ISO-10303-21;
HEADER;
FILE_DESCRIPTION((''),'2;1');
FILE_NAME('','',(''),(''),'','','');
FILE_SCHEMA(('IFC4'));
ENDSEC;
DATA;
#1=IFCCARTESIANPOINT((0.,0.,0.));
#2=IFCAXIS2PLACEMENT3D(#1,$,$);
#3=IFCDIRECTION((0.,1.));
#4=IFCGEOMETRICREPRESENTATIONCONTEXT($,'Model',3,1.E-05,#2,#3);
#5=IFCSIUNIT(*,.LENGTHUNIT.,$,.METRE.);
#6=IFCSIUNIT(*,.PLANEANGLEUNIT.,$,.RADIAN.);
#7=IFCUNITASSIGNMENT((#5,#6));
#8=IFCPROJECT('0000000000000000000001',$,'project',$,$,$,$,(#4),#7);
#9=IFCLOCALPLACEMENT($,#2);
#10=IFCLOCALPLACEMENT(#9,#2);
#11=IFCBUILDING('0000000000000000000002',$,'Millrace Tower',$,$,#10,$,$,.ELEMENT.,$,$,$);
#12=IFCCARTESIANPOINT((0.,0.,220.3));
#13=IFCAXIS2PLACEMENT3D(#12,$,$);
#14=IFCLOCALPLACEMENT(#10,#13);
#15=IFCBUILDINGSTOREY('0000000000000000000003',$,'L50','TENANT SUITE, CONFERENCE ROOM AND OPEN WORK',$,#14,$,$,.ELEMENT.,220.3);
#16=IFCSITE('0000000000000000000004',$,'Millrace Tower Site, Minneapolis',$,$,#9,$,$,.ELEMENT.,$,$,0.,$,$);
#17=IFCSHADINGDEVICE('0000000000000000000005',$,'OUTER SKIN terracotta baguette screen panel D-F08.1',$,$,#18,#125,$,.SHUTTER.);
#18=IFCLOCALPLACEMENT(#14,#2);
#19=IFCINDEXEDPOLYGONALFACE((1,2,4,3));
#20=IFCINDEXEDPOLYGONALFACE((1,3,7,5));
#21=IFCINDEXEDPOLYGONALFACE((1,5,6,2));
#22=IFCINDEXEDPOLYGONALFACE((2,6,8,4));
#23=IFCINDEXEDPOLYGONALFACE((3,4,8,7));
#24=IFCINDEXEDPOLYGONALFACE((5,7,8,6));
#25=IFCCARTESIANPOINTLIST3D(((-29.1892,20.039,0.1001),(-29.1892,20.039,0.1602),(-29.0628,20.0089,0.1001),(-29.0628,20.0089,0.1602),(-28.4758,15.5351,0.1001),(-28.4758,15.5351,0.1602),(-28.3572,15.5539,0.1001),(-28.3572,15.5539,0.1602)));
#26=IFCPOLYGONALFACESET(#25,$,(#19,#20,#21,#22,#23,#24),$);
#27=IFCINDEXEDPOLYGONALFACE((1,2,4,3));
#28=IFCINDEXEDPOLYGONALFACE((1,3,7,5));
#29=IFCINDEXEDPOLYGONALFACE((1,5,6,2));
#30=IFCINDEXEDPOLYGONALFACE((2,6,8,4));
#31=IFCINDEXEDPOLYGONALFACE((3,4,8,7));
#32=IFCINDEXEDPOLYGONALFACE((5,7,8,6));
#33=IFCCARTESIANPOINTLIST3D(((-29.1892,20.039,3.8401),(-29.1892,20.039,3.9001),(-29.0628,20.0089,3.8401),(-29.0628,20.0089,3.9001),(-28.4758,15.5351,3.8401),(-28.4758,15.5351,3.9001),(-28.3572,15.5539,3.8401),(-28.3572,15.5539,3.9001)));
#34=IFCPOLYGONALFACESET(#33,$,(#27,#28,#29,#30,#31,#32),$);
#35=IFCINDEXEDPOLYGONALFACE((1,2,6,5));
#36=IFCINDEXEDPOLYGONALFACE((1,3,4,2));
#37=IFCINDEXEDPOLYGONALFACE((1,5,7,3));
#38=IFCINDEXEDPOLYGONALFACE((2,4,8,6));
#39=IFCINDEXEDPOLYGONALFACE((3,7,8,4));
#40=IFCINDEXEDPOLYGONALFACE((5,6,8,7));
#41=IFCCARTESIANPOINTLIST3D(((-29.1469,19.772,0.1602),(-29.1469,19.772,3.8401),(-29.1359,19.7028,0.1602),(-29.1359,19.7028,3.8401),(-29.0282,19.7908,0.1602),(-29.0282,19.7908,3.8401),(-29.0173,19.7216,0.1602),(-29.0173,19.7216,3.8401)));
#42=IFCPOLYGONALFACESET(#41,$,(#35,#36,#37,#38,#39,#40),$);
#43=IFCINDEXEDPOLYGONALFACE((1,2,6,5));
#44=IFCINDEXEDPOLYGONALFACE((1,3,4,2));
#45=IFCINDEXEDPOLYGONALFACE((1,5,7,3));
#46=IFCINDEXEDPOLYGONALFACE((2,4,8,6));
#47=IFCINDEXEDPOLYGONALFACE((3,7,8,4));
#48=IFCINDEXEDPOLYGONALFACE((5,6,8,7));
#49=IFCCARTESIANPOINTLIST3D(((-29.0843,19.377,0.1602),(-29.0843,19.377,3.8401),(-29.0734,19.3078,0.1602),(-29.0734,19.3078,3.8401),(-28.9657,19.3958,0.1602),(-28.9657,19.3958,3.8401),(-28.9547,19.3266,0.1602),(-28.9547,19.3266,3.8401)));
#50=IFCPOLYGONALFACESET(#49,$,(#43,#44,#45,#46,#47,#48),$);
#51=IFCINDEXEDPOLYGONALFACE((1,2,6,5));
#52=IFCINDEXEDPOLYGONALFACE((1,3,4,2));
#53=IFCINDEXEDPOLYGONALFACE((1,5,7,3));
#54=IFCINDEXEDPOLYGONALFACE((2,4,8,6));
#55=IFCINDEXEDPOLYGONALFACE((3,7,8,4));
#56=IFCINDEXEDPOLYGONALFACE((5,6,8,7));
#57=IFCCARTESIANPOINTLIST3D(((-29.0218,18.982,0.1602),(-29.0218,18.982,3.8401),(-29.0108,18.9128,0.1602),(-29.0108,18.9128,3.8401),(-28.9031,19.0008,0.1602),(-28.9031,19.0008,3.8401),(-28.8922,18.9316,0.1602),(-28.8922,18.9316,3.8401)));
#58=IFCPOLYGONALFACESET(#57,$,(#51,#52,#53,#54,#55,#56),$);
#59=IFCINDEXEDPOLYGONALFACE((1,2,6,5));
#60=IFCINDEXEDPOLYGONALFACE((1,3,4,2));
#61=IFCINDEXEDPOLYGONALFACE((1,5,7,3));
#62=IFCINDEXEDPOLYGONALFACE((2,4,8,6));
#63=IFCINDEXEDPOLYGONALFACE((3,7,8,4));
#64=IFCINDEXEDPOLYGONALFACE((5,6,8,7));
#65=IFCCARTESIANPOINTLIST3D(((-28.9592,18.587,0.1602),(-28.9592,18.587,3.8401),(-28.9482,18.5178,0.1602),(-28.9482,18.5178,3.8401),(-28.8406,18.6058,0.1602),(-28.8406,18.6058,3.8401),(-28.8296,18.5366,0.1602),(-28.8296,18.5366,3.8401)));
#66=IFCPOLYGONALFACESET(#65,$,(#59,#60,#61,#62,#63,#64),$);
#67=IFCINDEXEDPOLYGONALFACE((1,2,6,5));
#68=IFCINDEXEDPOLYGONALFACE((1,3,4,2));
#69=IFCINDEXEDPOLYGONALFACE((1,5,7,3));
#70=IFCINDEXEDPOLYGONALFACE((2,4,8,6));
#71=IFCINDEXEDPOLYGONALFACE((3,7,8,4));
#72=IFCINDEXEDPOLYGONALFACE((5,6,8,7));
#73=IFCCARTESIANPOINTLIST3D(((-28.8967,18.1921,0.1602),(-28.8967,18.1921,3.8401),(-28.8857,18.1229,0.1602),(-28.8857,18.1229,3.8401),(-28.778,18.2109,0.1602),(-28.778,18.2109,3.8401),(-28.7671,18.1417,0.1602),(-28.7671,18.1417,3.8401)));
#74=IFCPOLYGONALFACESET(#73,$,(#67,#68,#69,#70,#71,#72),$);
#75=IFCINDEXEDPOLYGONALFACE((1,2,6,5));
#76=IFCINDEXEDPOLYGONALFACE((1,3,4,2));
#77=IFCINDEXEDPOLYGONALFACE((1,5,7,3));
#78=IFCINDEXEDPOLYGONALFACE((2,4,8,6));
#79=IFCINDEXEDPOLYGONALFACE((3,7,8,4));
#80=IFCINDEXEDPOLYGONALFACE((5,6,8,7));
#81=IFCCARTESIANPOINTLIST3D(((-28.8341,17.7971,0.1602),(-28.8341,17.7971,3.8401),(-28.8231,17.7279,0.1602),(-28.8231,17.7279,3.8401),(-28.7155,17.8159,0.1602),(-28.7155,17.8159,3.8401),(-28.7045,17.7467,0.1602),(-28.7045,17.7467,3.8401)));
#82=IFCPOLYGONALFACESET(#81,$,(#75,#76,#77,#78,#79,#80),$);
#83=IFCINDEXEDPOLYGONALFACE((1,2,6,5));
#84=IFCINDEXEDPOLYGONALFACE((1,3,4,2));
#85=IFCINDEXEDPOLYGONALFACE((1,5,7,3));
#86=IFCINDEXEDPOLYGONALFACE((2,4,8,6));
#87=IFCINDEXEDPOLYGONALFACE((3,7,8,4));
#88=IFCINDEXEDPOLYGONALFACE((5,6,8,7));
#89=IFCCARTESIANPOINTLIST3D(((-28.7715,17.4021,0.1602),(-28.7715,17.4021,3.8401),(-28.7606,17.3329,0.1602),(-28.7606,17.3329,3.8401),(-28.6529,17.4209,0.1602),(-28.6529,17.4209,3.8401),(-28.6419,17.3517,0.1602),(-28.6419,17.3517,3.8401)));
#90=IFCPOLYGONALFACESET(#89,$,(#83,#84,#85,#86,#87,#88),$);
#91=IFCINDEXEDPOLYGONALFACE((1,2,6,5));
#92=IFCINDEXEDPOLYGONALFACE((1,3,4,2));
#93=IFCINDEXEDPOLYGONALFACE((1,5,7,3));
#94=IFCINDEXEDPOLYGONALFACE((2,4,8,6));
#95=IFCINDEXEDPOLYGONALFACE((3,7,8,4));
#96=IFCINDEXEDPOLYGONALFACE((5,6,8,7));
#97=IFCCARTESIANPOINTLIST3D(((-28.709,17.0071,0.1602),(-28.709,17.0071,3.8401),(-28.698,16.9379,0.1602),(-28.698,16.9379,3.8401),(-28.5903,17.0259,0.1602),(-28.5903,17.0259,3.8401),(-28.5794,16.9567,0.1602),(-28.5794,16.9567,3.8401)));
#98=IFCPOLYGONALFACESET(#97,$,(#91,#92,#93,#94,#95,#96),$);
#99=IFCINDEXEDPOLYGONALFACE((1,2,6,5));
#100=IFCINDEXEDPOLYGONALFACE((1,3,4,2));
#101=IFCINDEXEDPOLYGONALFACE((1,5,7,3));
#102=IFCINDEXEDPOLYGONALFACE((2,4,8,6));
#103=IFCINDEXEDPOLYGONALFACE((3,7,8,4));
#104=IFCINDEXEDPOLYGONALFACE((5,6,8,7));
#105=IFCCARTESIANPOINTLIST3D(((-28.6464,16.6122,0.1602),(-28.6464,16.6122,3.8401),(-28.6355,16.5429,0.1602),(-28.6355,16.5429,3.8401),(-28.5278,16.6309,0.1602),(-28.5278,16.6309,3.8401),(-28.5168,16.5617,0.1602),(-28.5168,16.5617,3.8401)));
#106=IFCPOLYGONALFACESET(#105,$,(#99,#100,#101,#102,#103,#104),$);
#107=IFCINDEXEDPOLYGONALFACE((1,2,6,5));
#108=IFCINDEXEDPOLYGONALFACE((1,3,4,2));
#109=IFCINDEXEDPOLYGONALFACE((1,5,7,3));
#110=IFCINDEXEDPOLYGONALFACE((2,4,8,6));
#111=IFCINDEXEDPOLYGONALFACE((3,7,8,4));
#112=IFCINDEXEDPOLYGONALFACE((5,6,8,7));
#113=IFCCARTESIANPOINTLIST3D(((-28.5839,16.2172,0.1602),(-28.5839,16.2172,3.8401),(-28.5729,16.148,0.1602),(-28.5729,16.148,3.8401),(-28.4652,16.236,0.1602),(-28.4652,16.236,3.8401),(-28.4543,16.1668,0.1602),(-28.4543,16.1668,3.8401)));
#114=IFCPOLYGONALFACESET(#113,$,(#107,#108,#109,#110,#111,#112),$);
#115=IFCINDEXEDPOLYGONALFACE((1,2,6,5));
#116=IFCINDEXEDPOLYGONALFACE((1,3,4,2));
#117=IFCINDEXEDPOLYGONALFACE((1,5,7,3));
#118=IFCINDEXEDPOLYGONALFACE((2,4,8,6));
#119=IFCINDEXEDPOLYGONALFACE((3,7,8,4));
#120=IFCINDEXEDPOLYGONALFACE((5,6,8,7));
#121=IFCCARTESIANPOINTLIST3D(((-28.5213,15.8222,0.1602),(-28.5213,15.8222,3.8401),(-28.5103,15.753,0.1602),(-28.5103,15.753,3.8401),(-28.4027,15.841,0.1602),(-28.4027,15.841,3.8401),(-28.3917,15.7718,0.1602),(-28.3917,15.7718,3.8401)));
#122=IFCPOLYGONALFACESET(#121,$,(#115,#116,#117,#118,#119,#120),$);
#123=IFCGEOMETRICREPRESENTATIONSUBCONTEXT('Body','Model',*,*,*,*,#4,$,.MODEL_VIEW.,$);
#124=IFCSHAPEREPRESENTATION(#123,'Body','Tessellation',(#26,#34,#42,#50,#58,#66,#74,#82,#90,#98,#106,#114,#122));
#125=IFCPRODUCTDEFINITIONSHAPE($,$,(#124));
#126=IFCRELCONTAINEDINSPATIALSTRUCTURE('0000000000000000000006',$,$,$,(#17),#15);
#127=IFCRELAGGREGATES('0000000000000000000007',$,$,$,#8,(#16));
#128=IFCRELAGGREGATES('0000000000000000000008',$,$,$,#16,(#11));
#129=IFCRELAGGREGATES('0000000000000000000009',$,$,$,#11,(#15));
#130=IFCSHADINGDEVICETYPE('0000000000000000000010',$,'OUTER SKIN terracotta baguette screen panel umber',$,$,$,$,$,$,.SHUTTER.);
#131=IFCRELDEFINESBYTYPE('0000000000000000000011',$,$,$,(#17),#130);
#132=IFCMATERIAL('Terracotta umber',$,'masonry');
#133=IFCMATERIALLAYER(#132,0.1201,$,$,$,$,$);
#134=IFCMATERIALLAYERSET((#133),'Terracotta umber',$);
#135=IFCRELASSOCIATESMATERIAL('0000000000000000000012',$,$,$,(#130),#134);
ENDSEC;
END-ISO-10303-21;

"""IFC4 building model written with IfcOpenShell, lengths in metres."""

from ifc_helpers import new_model, entity, si_unit, direction, frame, frame_2d, origin, place, context, subcontext, project, spatial, rectangle, extrude, source, transform, mapped, material, layer, layer_set, type_object, element, save


model = new_model("IFC4")

# Units and contexts
model_context = context("Model", 3, precision=1e-05, world=origin(), true_north=direction((0.0, 1.0)))
body_context = subcontext(model_context, "Body", "Model", "MODEL_VIEW")
ifc_project = project(units=[si_unit("LENGTHUNIT", "METRE"), si_unit("PLANEANGLEUNIT", "RADIAN")], contexts=[model_context])

# Site, building, storey
site_placement = place(None, origin())
site = spatial("IfcSite", under=ifc_project, at=site_placement, Name="Millrace Tower Site, Minneapolis", CompositionType="ELEMENT", RefElevation=0.0)
building_placement = place(site_placement, origin())
building = spatial("IfcBuilding", under=site, at=building_placement, Name="Millrace Tower", CompositionType="ELEMENT")
storey_placement = place(building_placement, frame((0.0, 0.0, 220.3)))
storey = spatial("IfcBuildingStorey", under=building, at=storey_placement, Name="L50", Description="TENANT SUITE, CONFERENCE ROOM AND OPEN WORK", CompositionType="ELEMENT", Elevation=220.3)

# Shading device
ifc_material_1 = material(Name="Terracotta umber", Category="masonry")
ifc_layer_1 = layer(ifc_material_1, 0.1201)
ifc_layer_set_1 = layer_set([ifc_layer_1], Name="Terracotta umber")
shading_device_type = type_object("IfcShadingDeviceType", Name="OUTER SKIN terracotta baguette screen panel umber", PredefinedType="SHUTTER", material=ifc_layer_set_1)
cartesian_point_1 = entity("IfcCartesianPoint", [-2.2429, 0.0601])
shared_polyline_1 = entity("IfcPolyline", [cartesian_point_1, entity("IfcCartesianPoint", [2.2676, 0.0601]), entity("IfcCartesianPoint", [2.2676, -0.0601]), entity("IfcCartesianPoint", [-2.2925, -0.0601]), cartesian_point_1])
shared_shape_1 = source(origin(), body_context, "Body", "SweptSolid", [
    entity("IfcExtrudedAreaSolid", entity("IfcArbitraryClosedProfileDef", "AREA", None, shared_polyline_1), entity("IfcAxis2Placement3D", entity("IfcCartesianPoint", [0.0, 0.0, 0.0])), entity("IfcDirection", [0.0, 0.0, 1.0]), 0.0601),
    entity("IfcExtrudedAreaSolid", entity("IfcArbitraryClosedProfileDef", "AREA", None, shared_polyline_1), entity("IfcAxis2Placement3D", entity("IfcCartesianPoint", [0.0, 0.0, 3.74])), entity("IfcDirection", [0.0, 0.0, 1.0]), 0.0601),
    extrude(rectangle(XDim=0.0701, YDim=0.1201, at=frame_2d((-1.9871, 0.0))), frame((0.0, 0.0, 0.0601)), (0.0, 0.0, 1.0), 3.6799),
    extrude(rectangle(XDim=0.0701, YDim=0.1201, at=frame_2d((-1.5872, 0.0))), frame((0.0, 0.0, 0.0601)), (0.0, 0.0, 1.0), 3.6799),
    extrude(rectangle(XDim=0.0701, YDim=0.1201, at=frame_2d((-1.1873, 0.0))), frame((0.0, 0.0, 0.0601)), (0.0, 0.0, 1.0), 3.6799),
    extrude(rectangle(XDim=0.0701, YDim=0.1201, at=frame_2d((-0.7874, 0.0))), frame((0.0, 0.0, 0.0601)), (0.0, 0.0, 1.0), 3.6799),
    extrude(rectangle(XDim=0.0701, YDim=0.1201, at=frame_2d((-0.3875, 0.0))), frame((0.0, 0.0, 0.0601)), (0.0, 0.0, 1.0), 3.6799),
    extrude(rectangle(XDim=0.0701, YDim=0.1201, at=frame_2d((0.0125, 0.0))), frame((0.0, 0.0, 0.0601)), (0.0, 0.0, 1.0), 3.6799),
    extrude(rectangle(XDim=0.0701, YDim=0.1201, at=frame_2d((0.4124, 0.0))), frame((0.0, 0.0, 0.0601)), (0.0, 0.0, 1.0), 3.6799),
    extrude(rectangle(XDim=0.0701, YDim=0.1201, at=frame_2d((0.8123, 0.0))), frame((0.0, 0.0, 0.0601)), (0.0, 0.0, 1.0), 3.6799),
    extrude(rectangle(XDim=0.0701, YDim=0.1201, at=frame_2d((1.2122, 0.0))), frame((0.0, 0.0, 0.0601)), (0.0, 0.0, 1.0), 3.6799),
    extrude(rectangle(XDim=0.0701, YDim=0.1201, at=frame_2d((1.6121, 0.0))), frame((0.0, 0.0, 0.0601)), (0.0, 0.0, 1.0), 3.6799),
    extrude(rectangle(XDim=0.0701, YDim=0.1201, at=frame_2d((2.012, 0.0))), frame((0.0, 0.0, 0.0601)), (0.0, 0.0, 1.0), 3.6799),
])
shading_device_1_placement = place(storey_placement, frame((-28.7712, 17.7842, 0.1001), z_axis=(0.0, 0.0, 1.0), x_axis=(0.156434, -0.987688, 0.0)))
element("IfcShadingDevice", 1, at=shading_device_1_placement, inside=storey, type_object=shading_device_type, Name="OUTER SKIN terracotta baguette screen panel D-F08.1", PredefinedType="SHUTTER", context=body_context, shape_type="MappedRepresentation", body=[
    mapped(shared_shape_1, transform((0.0, 0.0, 0.0), scale=1.0)),
])

save(model, "model.ifc")
